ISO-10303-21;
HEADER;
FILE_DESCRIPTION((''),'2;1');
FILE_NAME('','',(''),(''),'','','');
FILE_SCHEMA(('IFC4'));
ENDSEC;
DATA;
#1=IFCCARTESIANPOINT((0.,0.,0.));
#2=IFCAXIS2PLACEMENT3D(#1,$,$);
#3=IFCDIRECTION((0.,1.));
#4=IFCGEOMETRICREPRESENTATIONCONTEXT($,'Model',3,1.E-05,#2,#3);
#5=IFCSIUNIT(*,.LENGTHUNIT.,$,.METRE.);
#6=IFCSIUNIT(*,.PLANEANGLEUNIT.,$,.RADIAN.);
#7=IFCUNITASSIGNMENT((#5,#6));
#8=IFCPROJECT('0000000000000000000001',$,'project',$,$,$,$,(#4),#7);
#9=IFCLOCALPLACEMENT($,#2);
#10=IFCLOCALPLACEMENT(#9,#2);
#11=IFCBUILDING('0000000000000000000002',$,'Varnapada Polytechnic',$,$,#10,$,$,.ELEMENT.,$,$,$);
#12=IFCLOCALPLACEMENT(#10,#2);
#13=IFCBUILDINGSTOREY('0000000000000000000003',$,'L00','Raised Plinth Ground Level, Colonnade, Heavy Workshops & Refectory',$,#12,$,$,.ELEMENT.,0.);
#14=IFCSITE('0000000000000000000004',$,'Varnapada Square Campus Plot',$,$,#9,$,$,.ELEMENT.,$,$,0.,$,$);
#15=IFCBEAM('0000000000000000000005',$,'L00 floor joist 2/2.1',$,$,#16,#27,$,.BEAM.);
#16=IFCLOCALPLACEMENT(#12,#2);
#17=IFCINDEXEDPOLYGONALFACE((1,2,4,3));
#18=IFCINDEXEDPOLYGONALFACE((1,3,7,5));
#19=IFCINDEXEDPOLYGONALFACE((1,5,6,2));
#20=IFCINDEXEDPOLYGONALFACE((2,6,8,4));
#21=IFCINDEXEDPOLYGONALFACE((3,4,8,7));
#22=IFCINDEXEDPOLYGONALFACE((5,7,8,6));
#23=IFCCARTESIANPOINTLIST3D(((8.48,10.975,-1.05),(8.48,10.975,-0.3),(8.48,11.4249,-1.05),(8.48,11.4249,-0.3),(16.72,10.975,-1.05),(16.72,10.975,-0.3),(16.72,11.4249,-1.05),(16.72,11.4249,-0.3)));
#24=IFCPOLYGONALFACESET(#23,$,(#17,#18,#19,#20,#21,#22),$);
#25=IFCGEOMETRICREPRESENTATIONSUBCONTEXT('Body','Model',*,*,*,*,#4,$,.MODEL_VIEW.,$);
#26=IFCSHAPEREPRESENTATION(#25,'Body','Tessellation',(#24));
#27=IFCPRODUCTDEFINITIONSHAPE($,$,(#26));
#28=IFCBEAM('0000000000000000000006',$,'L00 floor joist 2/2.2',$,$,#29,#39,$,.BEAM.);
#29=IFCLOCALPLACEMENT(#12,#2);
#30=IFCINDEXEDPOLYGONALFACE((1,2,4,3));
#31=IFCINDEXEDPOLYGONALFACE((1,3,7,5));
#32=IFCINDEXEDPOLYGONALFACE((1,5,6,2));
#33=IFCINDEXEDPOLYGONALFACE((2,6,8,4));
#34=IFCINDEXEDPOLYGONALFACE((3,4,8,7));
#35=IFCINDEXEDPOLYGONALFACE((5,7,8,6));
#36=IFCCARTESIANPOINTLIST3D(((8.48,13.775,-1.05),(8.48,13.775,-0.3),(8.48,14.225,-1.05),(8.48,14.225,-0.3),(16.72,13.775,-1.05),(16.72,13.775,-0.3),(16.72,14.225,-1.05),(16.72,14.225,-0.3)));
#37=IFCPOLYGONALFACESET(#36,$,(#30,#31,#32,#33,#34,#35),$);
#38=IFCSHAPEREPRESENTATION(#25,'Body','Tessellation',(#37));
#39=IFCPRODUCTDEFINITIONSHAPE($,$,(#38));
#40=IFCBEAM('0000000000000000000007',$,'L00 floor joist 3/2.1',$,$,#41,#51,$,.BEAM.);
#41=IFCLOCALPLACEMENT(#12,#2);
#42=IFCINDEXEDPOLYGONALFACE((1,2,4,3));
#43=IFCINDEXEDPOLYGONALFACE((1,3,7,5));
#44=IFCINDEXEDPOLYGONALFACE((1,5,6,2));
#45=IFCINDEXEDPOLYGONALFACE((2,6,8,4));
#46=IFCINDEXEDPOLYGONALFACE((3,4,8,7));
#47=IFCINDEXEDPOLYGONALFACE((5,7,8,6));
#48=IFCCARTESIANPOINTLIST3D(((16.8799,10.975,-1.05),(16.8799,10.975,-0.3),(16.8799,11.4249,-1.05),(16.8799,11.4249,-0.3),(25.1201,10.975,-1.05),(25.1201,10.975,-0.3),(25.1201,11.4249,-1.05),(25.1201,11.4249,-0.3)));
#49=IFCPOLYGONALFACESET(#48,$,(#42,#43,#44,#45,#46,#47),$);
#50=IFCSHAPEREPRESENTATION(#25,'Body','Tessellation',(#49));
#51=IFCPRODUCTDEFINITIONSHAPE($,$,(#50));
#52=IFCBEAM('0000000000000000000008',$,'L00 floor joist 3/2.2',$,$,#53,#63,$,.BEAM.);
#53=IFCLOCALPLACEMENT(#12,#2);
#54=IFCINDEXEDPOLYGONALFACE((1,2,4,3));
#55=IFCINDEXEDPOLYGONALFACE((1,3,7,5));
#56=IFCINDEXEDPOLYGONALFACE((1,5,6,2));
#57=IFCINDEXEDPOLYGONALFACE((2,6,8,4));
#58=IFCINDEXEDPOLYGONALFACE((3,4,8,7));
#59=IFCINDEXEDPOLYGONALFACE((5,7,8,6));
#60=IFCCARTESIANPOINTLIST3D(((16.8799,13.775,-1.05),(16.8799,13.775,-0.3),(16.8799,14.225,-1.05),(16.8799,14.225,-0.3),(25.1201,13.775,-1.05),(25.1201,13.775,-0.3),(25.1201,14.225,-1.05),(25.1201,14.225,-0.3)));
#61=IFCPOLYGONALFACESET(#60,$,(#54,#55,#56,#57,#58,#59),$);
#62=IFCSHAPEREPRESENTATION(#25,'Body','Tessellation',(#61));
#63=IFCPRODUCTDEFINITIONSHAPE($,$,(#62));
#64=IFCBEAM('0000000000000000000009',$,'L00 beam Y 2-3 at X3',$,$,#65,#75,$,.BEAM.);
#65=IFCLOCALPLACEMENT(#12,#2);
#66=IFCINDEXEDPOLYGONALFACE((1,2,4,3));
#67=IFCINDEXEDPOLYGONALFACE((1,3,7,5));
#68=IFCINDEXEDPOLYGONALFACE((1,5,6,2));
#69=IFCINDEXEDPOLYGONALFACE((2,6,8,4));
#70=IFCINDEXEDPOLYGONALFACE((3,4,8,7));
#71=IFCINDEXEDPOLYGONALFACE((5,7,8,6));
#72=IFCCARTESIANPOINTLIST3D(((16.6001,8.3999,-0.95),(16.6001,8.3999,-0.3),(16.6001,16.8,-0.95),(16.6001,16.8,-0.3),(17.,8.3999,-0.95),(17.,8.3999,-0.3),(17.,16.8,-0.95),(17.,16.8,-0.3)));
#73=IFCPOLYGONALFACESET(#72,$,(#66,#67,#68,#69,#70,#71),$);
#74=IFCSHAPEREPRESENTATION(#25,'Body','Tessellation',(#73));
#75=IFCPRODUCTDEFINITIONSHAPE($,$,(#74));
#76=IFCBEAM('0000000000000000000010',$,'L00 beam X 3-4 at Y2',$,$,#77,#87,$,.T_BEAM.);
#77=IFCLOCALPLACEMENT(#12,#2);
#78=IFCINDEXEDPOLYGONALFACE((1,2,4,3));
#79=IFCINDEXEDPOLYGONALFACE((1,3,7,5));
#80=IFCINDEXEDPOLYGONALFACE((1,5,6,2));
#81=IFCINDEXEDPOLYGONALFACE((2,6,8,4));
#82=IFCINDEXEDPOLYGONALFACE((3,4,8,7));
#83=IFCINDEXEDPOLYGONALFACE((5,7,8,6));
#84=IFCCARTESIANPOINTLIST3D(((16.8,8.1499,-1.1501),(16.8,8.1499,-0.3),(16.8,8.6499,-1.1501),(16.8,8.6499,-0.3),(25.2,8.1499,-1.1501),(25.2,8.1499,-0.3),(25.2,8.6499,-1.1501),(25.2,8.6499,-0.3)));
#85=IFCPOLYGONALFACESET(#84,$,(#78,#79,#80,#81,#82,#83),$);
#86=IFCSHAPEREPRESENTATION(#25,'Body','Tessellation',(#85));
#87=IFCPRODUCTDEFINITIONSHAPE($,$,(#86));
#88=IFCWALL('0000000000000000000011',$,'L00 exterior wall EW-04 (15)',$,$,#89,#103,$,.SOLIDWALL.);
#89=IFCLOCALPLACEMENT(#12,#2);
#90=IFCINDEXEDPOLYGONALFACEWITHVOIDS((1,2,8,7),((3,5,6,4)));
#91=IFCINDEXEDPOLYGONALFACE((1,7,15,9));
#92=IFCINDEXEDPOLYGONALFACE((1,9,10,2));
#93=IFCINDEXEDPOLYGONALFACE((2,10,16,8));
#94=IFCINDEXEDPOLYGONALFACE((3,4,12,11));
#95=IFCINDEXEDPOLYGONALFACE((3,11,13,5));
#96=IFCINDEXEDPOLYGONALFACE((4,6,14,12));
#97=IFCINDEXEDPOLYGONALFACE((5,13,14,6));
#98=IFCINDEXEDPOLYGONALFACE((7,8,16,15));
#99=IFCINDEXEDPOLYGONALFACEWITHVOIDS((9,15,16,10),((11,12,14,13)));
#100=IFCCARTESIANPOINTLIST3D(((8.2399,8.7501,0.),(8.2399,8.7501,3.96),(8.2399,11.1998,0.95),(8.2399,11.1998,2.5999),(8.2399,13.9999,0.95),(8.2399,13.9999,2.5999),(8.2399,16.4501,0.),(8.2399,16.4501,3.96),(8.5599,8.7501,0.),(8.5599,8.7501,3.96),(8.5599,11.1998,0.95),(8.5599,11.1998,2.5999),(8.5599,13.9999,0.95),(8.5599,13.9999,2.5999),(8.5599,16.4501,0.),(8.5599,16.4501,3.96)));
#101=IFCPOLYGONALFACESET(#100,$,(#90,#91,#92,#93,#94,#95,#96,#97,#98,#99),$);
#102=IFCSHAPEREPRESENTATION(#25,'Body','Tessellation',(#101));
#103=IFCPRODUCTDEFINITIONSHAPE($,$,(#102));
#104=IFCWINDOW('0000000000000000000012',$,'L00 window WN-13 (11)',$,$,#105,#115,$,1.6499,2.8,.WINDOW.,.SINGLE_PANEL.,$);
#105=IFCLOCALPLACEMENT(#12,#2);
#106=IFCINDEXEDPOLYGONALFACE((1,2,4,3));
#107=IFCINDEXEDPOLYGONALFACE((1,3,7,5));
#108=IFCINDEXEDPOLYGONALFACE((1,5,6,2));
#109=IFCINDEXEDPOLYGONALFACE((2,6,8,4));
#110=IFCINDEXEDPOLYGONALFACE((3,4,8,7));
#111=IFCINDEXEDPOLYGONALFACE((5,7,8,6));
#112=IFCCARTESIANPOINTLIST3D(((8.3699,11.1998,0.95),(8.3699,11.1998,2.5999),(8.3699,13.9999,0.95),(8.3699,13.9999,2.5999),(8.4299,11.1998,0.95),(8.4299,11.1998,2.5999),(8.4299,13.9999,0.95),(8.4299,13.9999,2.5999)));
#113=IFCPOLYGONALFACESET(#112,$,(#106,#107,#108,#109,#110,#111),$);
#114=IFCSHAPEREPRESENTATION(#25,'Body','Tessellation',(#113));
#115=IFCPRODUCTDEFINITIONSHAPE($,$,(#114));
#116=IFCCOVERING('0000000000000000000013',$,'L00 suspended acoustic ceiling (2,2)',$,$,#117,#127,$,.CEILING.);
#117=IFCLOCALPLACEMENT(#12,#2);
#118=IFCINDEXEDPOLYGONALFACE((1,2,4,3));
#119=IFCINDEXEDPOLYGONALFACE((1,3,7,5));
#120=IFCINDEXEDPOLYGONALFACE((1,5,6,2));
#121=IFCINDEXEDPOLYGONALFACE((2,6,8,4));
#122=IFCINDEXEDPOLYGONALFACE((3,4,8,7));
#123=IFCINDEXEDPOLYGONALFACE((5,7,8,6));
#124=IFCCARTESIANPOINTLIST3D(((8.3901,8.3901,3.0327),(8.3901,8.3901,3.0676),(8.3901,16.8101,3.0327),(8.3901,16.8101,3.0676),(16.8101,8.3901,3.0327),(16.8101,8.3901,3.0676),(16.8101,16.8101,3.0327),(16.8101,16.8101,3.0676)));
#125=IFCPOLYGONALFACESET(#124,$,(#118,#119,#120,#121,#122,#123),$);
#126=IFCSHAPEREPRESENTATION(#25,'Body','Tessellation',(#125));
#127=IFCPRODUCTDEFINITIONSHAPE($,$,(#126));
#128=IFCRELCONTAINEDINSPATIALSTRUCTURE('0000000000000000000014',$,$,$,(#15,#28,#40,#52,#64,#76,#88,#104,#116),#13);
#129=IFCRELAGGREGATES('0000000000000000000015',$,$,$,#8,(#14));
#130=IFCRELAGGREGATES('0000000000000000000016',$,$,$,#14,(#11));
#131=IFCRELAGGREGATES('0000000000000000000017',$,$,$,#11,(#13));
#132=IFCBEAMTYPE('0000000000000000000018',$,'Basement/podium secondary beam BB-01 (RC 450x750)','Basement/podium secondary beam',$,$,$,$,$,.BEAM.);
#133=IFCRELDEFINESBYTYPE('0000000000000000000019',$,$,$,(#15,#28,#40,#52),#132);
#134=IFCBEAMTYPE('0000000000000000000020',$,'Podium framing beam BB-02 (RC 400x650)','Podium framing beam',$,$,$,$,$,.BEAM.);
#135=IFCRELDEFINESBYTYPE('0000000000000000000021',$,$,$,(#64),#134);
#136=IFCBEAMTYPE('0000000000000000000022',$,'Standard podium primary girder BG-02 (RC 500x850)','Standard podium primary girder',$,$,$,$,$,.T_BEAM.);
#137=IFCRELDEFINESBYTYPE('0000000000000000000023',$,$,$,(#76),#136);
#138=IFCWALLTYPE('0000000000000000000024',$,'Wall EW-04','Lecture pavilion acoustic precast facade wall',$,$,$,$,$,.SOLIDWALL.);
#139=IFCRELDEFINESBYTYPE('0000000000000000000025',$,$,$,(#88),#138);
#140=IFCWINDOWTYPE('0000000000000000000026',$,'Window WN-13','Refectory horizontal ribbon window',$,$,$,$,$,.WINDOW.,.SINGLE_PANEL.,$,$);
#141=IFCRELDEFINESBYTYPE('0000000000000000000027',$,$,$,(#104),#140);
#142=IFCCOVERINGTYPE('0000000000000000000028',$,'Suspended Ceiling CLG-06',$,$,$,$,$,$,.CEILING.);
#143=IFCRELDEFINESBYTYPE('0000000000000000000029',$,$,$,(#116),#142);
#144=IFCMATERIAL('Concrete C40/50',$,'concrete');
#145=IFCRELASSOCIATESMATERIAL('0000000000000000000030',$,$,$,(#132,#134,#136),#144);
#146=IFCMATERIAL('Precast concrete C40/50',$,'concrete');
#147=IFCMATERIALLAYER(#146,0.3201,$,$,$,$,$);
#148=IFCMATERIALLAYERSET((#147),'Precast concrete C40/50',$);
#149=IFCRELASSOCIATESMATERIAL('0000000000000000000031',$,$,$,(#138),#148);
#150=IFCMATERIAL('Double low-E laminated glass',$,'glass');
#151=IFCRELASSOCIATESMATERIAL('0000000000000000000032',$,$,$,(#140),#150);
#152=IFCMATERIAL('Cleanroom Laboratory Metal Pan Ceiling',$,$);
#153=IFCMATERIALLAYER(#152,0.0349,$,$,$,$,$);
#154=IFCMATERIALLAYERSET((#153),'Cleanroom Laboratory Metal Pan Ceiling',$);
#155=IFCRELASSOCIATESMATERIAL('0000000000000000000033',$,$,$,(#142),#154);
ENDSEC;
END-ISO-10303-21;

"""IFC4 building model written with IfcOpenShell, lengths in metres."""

from ifc_helpers import new_model, si_unit, direction, frame, frame_2d, origin, origin_2d, place, context, subcontext, project, spatial, rectangle, extrude, material, layer, layer_set, material_profile, profile_set, type_object, element, fill, save


model = new_model("IFC4")

# Units and contexts
model_context = context("Model", 3, precision=1e-05, world=origin(), true_north=direction((0.0, 1.0)))
body_context = subcontext(model_context, "Body", "Model", "MODEL_VIEW")
ifc_project = project(units=[si_unit("LENGTHUNIT", "METRE"), si_unit("PLANEANGLEUNIT", "RADIAN")], contexts=[model_context])

# Site, building, storey
site_placement = place(None, origin())
site = spatial("IfcSite", under=ifc_project, at=site_placement, Name="Varnapada Square Campus Plot", CompositionType="ELEMENT", RefElevation=0.0)
building_placement = place(site_placement, origin())
building = spatial("IfcBuilding", under=site, at=building_placement, Name="Varnapada Polytechnic", CompositionType="ELEMENT")
storey_placement = place(building_placement, origin())
storey = spatial("IfcBuildingStorey", under=building, at=storey_placement, Name="L00", Description="Raised Plinth Ground Level, Colonnade, Heavy Workshops & Refectory", CompositionType="ELEMENT", Elevation=0.0)

# Beams
ifc_material_1 = material(Name="Concrete C40/50", Category="concrete")
ifc_material_profile_1 = material_profile(ifc_material_1, rectangle(XDim=0.45, YDim=0.75, at=origin_2d()), Name="RC 450x750")
ifc_profile_set_1 = profile_set([ifc_material_profile_1], Name="Concrete C40/50")
beam_type_1 = type_object("IfcBeamType", Name="Basement/podium secondary beam BB-01 (RC 450x750)", Description="Basement/podium secondary beam", PredefinedType="BEAM", material=ifc_profile_set_1)
for number, where, z_axis, x_axis, name in (
    (1, (8.48, 11.2, -0.675), (1.0, 0.0, 0.0), (0.0, 1.0, 0.0), "L00 floor joist 2/2.1"),
    (2, (8.48, 14.0, -0.675), (1.0, 0.0, 0.0), (0.0, 1.0, 0.0), "L00 floor joist 2/2.2"),
):
    element("IfcBeam", number, at=place(storey_placement, frame(where, z_axis=z_axis, x_axis=x_axis)), inside=storey, type_object=beam_type_1, Name=name, PredefinedType="BEAM", context=body_context, shape_type="SweptSolid", body=[
        extrude(rectangle(XDim=0.45, YDim=0.75, at=origin_2d()), origin(), (0.0, 0.0, 1.0), 8.24),
    ])
for number, where, z_axis, x_axis, name in (
    (3, (16.8799, 11.2, -0.675), (1.0, 0.0, 0.0), (0.0, 1.0, 0.0), "L00 floor joist 3/2.1"),
    (4, (16.8799, 14.0, -0.675), (1.0, 0.0, 0.0), (0.0, 1.0, 0.0), "L00 floor joist 3/2.2"),
):
    element("IfcBeam", number, at=place(storey_placement, frame(where, z_axis=z_axis, x_axis=x_axis)), inside=storey, type_object=beam_type_1, Name=name, PredefinedType="BEAM", context=body_context, shape_type="SweptSolid", body=[
        extrude(rectangle(XDim=0.45, YDim=0.75, at=origin_2d()), origin(), (0.0, 0.0, 1.0), 8.2402),
    ])
ifc_material_profile_2 = material_profile(ifc_material_1, rectangle(XDim=0.3999, YDim=0.6499, at=origin_2d()), Name="RC 400x650")
ifc_profile_set_2 = profile_set([ifc_material_profile_2], Name="Concrete C40/50")
beam_type_2 = type_object("IfcBeamType", Name="Podium framing beam BB-02 (RC 400x650)", Description="Podium framing beam", PredefinedType="BEAM", material=ifc_profile_set_2)
beam_1_placement = place(storey_placement, frame((16.8, 8.3999, -0.625), z_axis=(0.0, 1.0, 0.0), x_axis=(-1.0, 0.0, 0.0)))
element("IfcBeam", 5, at=beam_1_placement, inside=storey, type_object=beam_type_2, Name="L00 beam Y 2-3 at X3", PredefinedType="BEAM", context=body_context, shape_type="SweptSolid", body=[
    extrude(rectangle(XDim=0.3999, YDim=0.6499, at=origin_2d()), origin(), (0.0, 0.0, 1.0), 8.4001),
])
ifc_material_profile_3 = material_profile(ifc_material_1, rectangle(XDim=0.5, YDim=0.8501, at=origin_2d()), Name="RC 500x850")
ifc_profile_set_3 = profile_set([ifc_material_profile_3], Name="Concrete C40/50")
beam_type_3 = type_object("IfcBeamType", Name="Standard podium primary girder BG-02 (RC 500x850)", Description="Standard podium primary girder", PredefinedType="T_BEAM", material=ifc_profile_set_3)
beam_2_placement = place(storey_placement, frame((16.8, 8.3999, -0.7251), z_axis=(1.0, 0.0, 0.0), x_axis=(0.0, 1.0, 0.0)))
element("IfcBeam", 6, at=beam_2_placement, inside=storey, type_object=beam_type_3, Name="L00 beam X 3-4 at Y2", PredefinedType="T_BEAM", context=body_context, shape_type="SweptSolid", body=[
    extrude(rectangle(XDim=0.5, YDim=0.8501, at=origin_2d()), origin(), (0.0, 0.0, 1.0), 8.3999),
])

# Wall, opening, window
ifc_material_2 = material(Name="Precast concrete C40/50", Category="concrete")
ifc_layer_1 = layer(ifc_material_2, 0.3201)
ifc_layer_set_1 = layer_set([ifc_layer_1], Name="Precast concrete C40/50")
wall_type = type_object("IfcWallType", Name="Wall EW-04", Description="Lecture pavilion acoustic precast facade wall", PredefinedType="SOLIDWALL", material=ifc_layer_set_1)
wall_placement = place(storey_placement, frame((8.3999, 8.75, 0.0), z_axis=(0.0, 0.0, 1.0), x_axis=(0.0, 1.0, 0.0)))
wall = element("IfcWall", 7, at=wall_placement, inside=storey, type_object=wall_type, Name="L00 exterior wall EW-04 (15)", PredefinedType="SOLIDWALL", context=body_context, shape_type="SweptSolid", body=[
    extrude(rectangle(XDim=7.7, YDim=0.3201, at=frame_2d((3.8501, 0.0))), origin(), (0.0, 0.0, 1.0), 3.96),
])
opening_1_placement = place(wall_placement, frame((2.45, 0.0, 0.95)))
opening_1 = element("IfcOpeningElement", 8, at=opening_1_placement, cuts=wall, PredefinedType="OPENING", context=body_context, shape_type="SweptSolid", body=[
    extrude(rectangle(XDim=2.8, YDim=1.6499, at=frame_2d((1.3999, 0.825))), frame((0.0, 0.1699, 0.0), z_axis=(0.0, -1.0, 0.0), x_axis=(1.0, 0.0, 0.0)), (0.0, 0.0, 1.0), 0.3401),
])
ifc_material_3 = material(Name="Double low-E laminated glass", Category="glass")
window_type = type_object("IfcWindowType", Name="Window WN-13", Description="Refectory horizontal ribbon window", PartitioningType="SINGLE_PANEL", PredefinedType="WINDOW", material=ifc_material_3)
window_placement = place(opening_1_placement, origin())
window = element("IfcWindow", 9, at=window_placement, inside=storey, type_object=window_type, Name="L00 window WN-13 (11)", OverallHeight=1.6499, OverallWidth=2.8, PartitioningType="SINGLE_PANEL", PredefinedType="WINDOW", context=body_context, shape_type="SweptSolid", body=[
    extrude(rectangle(XDim=2.8, YDim=1.6499, at=frame_2d((1.3999, 0.825))), frame((0.0, 0.03, 0.0), z_axis=(0.0, -1.0, 0.0), x_axis=(1.0, 0.0, 0.0)), (0.0, 0.0, 1.0), 0.0601),
])
fill(opening_1, window)

# Covering
ifc_material_4 = material(Name="Cleanroom Laboratory Metal Pan Ceiling")
ifc_layer_2 = layer(ifc_material_4, 0.0349)
ifc_layer_set_2 = layer_set([ifc_layer_2], Name="Cleanroom Laboratory Metal Pan Ceiling")
covering_type_1 = type_object("IfcCoveringType", Name="Suspended Ceiling CLG-06", PredefinedType="CEILING", material=ifc_layer_set_2)
covering_1_placement = place(storey_placement, frame((12.6001, 12.6001, 3.0327), z_axis=(0.0, 0.0, 1.0), x_axis=(1.0, 0.0, 0.0)))
element("IfcCovering", 10, at=covering_1_placement, inside=storey, type_object=covering_type_1, Name="L00 suspended acoustic ceiling (2,2)", PredefinedType="CEILING", context=body_context, shape_type="SweptSolid", body=[
    extrude(rectangle(XDim=8.4199, YDim=8.4199, at=origin_2d()), origin(), (0.0, 0.0, 1.0), 0.0349),
])

save(model, "model.ifc")
